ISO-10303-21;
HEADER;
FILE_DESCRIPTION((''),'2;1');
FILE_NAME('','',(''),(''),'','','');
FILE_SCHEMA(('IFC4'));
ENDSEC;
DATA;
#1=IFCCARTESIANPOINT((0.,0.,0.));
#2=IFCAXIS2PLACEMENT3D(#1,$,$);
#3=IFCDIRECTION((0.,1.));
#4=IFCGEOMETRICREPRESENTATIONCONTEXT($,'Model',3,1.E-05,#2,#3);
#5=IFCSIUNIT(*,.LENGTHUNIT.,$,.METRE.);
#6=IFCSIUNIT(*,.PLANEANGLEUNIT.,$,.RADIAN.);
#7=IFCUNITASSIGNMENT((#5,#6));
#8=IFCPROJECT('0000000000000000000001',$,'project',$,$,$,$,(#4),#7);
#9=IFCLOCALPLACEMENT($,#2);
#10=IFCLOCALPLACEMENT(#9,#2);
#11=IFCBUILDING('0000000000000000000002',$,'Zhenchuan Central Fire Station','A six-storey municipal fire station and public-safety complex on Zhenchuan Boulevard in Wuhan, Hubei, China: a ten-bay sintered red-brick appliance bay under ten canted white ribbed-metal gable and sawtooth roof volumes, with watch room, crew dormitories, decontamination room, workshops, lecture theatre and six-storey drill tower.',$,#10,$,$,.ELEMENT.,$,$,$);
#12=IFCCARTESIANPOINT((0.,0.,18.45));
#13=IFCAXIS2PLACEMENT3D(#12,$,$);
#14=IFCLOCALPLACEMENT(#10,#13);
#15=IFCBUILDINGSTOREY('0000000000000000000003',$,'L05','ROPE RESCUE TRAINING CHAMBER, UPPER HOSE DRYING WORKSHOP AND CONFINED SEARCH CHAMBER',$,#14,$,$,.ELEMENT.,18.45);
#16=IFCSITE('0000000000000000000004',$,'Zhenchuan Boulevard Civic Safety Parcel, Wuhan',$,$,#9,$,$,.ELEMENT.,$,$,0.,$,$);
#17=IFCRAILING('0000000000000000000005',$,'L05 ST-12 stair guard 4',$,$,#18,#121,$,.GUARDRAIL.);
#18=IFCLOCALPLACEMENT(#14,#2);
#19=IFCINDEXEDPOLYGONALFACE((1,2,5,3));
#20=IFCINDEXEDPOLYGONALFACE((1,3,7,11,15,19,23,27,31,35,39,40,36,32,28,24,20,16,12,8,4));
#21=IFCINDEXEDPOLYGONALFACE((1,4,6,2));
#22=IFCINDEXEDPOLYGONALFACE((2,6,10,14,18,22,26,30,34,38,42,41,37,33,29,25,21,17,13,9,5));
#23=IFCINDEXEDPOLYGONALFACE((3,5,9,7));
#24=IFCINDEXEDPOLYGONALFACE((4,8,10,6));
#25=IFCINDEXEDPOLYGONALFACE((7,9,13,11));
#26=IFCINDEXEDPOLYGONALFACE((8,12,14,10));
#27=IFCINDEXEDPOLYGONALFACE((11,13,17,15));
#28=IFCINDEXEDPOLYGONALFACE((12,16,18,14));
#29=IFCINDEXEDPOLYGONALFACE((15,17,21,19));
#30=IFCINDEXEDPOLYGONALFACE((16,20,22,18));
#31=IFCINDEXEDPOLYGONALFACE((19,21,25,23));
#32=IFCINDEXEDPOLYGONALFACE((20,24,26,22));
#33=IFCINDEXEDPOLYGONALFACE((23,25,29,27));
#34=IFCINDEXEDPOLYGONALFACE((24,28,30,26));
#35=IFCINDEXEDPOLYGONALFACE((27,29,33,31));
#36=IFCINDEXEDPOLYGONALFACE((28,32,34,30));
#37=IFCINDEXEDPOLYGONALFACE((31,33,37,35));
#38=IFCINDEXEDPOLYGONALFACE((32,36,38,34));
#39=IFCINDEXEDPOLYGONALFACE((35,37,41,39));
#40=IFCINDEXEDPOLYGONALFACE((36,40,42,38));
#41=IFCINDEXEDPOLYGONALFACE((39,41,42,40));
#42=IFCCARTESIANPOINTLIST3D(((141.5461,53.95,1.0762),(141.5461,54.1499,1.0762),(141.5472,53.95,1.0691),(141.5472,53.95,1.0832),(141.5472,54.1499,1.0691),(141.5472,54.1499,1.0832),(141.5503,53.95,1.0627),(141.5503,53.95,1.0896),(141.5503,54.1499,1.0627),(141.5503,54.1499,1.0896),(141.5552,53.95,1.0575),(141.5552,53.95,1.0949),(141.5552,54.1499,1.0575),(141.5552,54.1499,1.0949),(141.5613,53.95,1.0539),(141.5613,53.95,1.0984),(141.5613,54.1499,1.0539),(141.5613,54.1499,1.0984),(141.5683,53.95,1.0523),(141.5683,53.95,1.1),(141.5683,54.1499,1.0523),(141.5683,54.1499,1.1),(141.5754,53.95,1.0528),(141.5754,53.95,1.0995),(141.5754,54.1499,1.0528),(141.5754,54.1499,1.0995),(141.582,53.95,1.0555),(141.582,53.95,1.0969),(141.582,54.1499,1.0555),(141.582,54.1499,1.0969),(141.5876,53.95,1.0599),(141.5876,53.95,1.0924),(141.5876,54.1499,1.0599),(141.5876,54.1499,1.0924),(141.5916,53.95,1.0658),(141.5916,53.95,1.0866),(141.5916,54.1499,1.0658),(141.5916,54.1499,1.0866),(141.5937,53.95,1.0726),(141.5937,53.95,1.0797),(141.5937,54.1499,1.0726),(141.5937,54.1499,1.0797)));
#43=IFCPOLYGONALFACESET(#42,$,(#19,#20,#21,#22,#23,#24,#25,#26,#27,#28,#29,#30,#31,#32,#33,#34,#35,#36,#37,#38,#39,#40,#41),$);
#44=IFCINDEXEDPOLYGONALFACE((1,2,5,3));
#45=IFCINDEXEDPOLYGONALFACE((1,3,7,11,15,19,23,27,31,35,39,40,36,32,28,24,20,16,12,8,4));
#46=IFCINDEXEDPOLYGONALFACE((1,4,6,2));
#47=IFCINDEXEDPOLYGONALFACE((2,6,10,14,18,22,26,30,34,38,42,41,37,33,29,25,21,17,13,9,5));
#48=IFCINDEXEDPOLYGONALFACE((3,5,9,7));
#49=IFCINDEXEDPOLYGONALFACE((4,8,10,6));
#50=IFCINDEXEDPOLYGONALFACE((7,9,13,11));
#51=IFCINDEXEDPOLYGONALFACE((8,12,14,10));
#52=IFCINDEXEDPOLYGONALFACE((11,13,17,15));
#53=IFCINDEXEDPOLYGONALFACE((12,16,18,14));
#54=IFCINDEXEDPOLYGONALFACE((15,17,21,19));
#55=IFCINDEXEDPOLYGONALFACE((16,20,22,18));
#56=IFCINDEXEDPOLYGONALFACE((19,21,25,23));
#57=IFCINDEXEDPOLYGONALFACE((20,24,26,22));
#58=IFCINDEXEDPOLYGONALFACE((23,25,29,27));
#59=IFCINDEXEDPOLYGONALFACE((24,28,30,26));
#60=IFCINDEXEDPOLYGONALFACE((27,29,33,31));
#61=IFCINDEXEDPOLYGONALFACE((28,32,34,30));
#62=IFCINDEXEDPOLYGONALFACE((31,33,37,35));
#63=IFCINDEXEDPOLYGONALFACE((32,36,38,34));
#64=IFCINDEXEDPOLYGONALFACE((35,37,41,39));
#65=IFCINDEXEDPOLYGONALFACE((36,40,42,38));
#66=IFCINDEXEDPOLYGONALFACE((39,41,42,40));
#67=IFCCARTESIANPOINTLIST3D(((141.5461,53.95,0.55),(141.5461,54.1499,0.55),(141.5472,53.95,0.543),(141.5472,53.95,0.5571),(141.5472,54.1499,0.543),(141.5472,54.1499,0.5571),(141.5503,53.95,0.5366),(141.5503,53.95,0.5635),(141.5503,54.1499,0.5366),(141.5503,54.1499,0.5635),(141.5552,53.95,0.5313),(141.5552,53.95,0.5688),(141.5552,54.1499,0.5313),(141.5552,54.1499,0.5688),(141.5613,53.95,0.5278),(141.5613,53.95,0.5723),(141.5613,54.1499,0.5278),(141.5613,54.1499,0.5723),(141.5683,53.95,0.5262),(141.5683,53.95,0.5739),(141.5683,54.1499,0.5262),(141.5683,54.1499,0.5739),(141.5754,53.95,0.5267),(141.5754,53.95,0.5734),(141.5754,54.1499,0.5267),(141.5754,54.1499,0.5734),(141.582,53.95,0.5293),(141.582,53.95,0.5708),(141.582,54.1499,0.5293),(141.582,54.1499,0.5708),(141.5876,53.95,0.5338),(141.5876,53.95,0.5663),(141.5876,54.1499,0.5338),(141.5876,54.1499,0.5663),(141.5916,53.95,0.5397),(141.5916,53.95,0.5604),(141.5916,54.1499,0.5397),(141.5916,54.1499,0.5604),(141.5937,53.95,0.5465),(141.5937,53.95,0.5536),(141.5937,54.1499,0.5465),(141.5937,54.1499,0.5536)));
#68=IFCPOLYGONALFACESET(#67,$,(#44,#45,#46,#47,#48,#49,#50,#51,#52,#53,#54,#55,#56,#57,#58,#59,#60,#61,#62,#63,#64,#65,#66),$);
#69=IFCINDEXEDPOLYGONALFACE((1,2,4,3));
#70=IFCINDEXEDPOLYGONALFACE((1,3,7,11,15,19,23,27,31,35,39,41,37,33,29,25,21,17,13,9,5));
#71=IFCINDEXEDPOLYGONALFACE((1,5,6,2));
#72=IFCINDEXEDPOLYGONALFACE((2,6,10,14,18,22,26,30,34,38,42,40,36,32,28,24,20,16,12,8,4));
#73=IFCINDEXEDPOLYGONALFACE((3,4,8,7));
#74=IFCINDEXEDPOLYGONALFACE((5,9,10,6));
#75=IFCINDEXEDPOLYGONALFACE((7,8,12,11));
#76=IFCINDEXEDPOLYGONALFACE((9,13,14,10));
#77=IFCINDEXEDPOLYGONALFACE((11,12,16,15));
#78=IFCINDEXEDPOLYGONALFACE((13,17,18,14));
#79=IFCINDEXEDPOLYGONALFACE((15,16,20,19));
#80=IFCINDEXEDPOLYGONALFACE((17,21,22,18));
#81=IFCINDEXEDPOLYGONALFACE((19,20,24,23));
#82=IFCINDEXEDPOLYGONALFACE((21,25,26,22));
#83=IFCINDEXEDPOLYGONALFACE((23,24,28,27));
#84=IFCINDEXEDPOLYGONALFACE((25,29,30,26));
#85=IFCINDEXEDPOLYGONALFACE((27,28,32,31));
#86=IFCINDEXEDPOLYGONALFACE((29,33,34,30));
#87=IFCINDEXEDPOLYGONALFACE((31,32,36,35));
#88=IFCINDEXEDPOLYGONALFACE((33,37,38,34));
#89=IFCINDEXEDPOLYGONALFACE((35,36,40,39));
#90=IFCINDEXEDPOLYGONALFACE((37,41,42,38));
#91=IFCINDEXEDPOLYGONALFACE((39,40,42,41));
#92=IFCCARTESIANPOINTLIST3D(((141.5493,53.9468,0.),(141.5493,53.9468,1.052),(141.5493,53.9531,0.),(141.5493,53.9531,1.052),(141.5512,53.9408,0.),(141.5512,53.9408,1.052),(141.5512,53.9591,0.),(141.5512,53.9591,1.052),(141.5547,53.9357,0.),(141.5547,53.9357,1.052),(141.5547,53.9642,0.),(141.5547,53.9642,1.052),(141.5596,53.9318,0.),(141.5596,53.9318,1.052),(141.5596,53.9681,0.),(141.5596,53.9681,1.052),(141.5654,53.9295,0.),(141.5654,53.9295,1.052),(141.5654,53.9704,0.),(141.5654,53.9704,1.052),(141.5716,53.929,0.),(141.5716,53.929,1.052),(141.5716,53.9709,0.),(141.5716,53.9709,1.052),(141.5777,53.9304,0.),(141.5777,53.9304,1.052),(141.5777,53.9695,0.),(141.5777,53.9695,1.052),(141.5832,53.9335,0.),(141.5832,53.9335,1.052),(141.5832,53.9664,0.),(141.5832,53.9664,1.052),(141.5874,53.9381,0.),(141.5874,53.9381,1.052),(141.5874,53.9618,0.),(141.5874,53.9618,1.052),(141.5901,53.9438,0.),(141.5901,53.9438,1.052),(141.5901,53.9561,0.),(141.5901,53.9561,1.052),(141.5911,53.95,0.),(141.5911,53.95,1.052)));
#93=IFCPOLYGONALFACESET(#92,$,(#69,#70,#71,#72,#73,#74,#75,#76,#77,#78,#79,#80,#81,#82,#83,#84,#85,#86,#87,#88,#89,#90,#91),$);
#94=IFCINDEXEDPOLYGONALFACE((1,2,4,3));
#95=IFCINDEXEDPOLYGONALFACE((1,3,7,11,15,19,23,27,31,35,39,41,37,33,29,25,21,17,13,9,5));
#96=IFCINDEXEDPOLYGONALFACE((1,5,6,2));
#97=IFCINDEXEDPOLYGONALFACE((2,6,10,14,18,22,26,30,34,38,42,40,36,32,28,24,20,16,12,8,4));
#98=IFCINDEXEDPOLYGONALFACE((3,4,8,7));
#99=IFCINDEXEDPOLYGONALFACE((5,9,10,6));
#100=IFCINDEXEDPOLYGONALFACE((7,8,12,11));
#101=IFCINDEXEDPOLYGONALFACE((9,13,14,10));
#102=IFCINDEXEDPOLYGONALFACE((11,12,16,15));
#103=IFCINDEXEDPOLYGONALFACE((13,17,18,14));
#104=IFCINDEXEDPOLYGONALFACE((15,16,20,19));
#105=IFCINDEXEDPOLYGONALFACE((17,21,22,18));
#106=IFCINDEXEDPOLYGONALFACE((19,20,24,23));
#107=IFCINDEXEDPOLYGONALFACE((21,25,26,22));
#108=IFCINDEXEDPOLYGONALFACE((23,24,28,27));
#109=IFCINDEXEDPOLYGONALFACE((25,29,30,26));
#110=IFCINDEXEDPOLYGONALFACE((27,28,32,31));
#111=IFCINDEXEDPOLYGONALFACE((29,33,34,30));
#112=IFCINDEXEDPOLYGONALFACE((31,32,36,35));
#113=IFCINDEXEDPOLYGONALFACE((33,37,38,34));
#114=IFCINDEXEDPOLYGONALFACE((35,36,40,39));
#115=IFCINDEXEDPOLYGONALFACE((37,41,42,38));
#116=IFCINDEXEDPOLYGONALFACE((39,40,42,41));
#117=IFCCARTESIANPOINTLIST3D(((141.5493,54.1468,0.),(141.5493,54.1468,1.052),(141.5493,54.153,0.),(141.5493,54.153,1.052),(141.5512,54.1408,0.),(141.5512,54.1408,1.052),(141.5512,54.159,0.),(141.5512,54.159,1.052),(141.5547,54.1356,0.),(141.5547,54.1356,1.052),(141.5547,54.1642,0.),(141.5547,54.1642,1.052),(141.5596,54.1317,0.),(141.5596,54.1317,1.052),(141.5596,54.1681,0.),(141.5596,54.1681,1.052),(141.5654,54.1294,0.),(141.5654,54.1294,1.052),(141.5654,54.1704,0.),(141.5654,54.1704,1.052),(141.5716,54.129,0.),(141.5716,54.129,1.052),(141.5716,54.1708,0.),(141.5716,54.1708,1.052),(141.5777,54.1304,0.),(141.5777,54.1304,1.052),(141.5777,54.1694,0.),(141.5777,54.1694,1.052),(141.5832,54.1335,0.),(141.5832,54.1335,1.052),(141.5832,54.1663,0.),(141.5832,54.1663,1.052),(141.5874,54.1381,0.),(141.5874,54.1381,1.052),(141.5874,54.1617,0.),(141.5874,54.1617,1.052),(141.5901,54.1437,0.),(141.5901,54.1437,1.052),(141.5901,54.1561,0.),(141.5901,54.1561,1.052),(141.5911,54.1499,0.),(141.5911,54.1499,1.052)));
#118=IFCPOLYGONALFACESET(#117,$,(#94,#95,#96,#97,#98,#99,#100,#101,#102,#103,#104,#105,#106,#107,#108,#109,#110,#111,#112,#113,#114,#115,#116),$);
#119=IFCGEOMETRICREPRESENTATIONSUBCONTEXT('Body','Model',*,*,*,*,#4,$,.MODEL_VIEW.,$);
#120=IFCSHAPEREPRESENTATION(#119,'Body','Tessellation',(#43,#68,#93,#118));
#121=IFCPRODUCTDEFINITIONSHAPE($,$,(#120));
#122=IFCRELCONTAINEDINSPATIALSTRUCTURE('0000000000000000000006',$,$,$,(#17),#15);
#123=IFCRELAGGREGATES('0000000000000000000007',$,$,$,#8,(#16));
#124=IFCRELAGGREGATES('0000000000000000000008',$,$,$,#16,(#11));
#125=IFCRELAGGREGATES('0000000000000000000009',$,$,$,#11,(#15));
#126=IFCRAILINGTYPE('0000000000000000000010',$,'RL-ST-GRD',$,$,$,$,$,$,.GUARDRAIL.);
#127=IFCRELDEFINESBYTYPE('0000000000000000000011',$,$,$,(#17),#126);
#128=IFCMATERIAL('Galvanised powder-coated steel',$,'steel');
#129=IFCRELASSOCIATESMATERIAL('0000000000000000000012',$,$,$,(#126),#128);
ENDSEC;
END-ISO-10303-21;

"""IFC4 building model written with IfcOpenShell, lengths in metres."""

from ifc_helpers import new_model, si_unit, direction, frame, origin, origin_2d, place, context, subcontext, project, spatial, circle, extrude, material, type_object, element, save


model = new_model("IFC4")

# Units and contexts
model_context = context("Model", 3, precision=1e-05, world=origin(), true_north=direction((0.0, 1.0)))
body_context = subcontext(model_context, "Body", "Model", "MODEL_VIEW")
ifc_project = project(units=[si_unit("LENGTHUNIT", "METRE"), si_unit("PLANEANGLEUNIT", "RADIAN")], contexts=[model_context])

# Site, building, storey
site_placement = place(None, origin())
site = spatial("IfcSite", under=ifc_project, at=site_placement, Name="Zhenchuan Boulevard Civic Safety Parcel, Wuhan", CompositionType="ELEMENT", RefElevation=0.0)
building_placement = place(site_placement, origin())
building = spatial("IfcBuilding", under=site, at=building_placement, Name="Zhenchuan Central Fire Station", Description="A six-storey municipal fire station and public-safety complex on Zhenchuan Boulevard in Wuhan, Hubei, China: a ten-bay sintered red-brick appliance bay under ten canted white ribbed-metal gable and sawtooth roof volumes, with watch room, crew dormitories, decontamination room, workshops, lecture theatre and six-storey drill tower.", CompositionType="ELEMENT")
storey_placement = place(building_placement, frame((0.0, 0.0, 18.45)))
storey = spatial("IfcBuildingStorey", under=building, at=storey_placement, Name="L05", Description="ROPE RESCUE TRAINING CHAMBER, UPPER HOSE DRYING WORKSHOP AND CONFINED SEARCH CHAMBER", CompositionType="ELEMENT", Elevation=18.45)

# Railing
ifc_material_1 = material(Name="Galvanised powder-coated steel", Category="steel")
railing_type_1 = type_object("IfcRailingType", Name="RL-ST-GRD", PredefinedType="GUARDRAIL", material=ifc_material_1)
railing_1_placement = place(storey_placement, frame((141.5701, 53.95, 0.0)))
element("IfcRailing", 1, at=railing_1_placement, inside=storey, type_object=railing_type_1, Name="L05 ST-12 stair guard 4", PredefinedType="GUARDRAIL", context=body_context, shape_type="SweptSolid", body=[
    extrude(circle(Radius=0.0239, at=origin_2d()), frame((0.0, 0.0, 1.0762), z_axis=(0.0, 1.0, 0.0), x_axis=(-1.0, 0.0, 0.0)), (0.0, 0.0, 1.0), 0.2),
    extrude(circle(Radius=0.0239, at=origin_2d()), frame((0.0, 0.0, 0.55), z_axis=(0.0, 1.0, 0.0), x_axis=(-1.0, 0.0, 0.0)), (0.0, 0.0, 1.0), 0.2),
    extrude(circle(Radius=0.021, at=origin_2d()), origin(), (0.0, 0.0, 1.0), 1.052),
    extrude(circle(Radius=0.021, at=origin_2d()), frame((0.0, 0.2, 0.0)), (0.0, 0.0, 1.0), 1.052),
])

save(model, "model.ifc")
